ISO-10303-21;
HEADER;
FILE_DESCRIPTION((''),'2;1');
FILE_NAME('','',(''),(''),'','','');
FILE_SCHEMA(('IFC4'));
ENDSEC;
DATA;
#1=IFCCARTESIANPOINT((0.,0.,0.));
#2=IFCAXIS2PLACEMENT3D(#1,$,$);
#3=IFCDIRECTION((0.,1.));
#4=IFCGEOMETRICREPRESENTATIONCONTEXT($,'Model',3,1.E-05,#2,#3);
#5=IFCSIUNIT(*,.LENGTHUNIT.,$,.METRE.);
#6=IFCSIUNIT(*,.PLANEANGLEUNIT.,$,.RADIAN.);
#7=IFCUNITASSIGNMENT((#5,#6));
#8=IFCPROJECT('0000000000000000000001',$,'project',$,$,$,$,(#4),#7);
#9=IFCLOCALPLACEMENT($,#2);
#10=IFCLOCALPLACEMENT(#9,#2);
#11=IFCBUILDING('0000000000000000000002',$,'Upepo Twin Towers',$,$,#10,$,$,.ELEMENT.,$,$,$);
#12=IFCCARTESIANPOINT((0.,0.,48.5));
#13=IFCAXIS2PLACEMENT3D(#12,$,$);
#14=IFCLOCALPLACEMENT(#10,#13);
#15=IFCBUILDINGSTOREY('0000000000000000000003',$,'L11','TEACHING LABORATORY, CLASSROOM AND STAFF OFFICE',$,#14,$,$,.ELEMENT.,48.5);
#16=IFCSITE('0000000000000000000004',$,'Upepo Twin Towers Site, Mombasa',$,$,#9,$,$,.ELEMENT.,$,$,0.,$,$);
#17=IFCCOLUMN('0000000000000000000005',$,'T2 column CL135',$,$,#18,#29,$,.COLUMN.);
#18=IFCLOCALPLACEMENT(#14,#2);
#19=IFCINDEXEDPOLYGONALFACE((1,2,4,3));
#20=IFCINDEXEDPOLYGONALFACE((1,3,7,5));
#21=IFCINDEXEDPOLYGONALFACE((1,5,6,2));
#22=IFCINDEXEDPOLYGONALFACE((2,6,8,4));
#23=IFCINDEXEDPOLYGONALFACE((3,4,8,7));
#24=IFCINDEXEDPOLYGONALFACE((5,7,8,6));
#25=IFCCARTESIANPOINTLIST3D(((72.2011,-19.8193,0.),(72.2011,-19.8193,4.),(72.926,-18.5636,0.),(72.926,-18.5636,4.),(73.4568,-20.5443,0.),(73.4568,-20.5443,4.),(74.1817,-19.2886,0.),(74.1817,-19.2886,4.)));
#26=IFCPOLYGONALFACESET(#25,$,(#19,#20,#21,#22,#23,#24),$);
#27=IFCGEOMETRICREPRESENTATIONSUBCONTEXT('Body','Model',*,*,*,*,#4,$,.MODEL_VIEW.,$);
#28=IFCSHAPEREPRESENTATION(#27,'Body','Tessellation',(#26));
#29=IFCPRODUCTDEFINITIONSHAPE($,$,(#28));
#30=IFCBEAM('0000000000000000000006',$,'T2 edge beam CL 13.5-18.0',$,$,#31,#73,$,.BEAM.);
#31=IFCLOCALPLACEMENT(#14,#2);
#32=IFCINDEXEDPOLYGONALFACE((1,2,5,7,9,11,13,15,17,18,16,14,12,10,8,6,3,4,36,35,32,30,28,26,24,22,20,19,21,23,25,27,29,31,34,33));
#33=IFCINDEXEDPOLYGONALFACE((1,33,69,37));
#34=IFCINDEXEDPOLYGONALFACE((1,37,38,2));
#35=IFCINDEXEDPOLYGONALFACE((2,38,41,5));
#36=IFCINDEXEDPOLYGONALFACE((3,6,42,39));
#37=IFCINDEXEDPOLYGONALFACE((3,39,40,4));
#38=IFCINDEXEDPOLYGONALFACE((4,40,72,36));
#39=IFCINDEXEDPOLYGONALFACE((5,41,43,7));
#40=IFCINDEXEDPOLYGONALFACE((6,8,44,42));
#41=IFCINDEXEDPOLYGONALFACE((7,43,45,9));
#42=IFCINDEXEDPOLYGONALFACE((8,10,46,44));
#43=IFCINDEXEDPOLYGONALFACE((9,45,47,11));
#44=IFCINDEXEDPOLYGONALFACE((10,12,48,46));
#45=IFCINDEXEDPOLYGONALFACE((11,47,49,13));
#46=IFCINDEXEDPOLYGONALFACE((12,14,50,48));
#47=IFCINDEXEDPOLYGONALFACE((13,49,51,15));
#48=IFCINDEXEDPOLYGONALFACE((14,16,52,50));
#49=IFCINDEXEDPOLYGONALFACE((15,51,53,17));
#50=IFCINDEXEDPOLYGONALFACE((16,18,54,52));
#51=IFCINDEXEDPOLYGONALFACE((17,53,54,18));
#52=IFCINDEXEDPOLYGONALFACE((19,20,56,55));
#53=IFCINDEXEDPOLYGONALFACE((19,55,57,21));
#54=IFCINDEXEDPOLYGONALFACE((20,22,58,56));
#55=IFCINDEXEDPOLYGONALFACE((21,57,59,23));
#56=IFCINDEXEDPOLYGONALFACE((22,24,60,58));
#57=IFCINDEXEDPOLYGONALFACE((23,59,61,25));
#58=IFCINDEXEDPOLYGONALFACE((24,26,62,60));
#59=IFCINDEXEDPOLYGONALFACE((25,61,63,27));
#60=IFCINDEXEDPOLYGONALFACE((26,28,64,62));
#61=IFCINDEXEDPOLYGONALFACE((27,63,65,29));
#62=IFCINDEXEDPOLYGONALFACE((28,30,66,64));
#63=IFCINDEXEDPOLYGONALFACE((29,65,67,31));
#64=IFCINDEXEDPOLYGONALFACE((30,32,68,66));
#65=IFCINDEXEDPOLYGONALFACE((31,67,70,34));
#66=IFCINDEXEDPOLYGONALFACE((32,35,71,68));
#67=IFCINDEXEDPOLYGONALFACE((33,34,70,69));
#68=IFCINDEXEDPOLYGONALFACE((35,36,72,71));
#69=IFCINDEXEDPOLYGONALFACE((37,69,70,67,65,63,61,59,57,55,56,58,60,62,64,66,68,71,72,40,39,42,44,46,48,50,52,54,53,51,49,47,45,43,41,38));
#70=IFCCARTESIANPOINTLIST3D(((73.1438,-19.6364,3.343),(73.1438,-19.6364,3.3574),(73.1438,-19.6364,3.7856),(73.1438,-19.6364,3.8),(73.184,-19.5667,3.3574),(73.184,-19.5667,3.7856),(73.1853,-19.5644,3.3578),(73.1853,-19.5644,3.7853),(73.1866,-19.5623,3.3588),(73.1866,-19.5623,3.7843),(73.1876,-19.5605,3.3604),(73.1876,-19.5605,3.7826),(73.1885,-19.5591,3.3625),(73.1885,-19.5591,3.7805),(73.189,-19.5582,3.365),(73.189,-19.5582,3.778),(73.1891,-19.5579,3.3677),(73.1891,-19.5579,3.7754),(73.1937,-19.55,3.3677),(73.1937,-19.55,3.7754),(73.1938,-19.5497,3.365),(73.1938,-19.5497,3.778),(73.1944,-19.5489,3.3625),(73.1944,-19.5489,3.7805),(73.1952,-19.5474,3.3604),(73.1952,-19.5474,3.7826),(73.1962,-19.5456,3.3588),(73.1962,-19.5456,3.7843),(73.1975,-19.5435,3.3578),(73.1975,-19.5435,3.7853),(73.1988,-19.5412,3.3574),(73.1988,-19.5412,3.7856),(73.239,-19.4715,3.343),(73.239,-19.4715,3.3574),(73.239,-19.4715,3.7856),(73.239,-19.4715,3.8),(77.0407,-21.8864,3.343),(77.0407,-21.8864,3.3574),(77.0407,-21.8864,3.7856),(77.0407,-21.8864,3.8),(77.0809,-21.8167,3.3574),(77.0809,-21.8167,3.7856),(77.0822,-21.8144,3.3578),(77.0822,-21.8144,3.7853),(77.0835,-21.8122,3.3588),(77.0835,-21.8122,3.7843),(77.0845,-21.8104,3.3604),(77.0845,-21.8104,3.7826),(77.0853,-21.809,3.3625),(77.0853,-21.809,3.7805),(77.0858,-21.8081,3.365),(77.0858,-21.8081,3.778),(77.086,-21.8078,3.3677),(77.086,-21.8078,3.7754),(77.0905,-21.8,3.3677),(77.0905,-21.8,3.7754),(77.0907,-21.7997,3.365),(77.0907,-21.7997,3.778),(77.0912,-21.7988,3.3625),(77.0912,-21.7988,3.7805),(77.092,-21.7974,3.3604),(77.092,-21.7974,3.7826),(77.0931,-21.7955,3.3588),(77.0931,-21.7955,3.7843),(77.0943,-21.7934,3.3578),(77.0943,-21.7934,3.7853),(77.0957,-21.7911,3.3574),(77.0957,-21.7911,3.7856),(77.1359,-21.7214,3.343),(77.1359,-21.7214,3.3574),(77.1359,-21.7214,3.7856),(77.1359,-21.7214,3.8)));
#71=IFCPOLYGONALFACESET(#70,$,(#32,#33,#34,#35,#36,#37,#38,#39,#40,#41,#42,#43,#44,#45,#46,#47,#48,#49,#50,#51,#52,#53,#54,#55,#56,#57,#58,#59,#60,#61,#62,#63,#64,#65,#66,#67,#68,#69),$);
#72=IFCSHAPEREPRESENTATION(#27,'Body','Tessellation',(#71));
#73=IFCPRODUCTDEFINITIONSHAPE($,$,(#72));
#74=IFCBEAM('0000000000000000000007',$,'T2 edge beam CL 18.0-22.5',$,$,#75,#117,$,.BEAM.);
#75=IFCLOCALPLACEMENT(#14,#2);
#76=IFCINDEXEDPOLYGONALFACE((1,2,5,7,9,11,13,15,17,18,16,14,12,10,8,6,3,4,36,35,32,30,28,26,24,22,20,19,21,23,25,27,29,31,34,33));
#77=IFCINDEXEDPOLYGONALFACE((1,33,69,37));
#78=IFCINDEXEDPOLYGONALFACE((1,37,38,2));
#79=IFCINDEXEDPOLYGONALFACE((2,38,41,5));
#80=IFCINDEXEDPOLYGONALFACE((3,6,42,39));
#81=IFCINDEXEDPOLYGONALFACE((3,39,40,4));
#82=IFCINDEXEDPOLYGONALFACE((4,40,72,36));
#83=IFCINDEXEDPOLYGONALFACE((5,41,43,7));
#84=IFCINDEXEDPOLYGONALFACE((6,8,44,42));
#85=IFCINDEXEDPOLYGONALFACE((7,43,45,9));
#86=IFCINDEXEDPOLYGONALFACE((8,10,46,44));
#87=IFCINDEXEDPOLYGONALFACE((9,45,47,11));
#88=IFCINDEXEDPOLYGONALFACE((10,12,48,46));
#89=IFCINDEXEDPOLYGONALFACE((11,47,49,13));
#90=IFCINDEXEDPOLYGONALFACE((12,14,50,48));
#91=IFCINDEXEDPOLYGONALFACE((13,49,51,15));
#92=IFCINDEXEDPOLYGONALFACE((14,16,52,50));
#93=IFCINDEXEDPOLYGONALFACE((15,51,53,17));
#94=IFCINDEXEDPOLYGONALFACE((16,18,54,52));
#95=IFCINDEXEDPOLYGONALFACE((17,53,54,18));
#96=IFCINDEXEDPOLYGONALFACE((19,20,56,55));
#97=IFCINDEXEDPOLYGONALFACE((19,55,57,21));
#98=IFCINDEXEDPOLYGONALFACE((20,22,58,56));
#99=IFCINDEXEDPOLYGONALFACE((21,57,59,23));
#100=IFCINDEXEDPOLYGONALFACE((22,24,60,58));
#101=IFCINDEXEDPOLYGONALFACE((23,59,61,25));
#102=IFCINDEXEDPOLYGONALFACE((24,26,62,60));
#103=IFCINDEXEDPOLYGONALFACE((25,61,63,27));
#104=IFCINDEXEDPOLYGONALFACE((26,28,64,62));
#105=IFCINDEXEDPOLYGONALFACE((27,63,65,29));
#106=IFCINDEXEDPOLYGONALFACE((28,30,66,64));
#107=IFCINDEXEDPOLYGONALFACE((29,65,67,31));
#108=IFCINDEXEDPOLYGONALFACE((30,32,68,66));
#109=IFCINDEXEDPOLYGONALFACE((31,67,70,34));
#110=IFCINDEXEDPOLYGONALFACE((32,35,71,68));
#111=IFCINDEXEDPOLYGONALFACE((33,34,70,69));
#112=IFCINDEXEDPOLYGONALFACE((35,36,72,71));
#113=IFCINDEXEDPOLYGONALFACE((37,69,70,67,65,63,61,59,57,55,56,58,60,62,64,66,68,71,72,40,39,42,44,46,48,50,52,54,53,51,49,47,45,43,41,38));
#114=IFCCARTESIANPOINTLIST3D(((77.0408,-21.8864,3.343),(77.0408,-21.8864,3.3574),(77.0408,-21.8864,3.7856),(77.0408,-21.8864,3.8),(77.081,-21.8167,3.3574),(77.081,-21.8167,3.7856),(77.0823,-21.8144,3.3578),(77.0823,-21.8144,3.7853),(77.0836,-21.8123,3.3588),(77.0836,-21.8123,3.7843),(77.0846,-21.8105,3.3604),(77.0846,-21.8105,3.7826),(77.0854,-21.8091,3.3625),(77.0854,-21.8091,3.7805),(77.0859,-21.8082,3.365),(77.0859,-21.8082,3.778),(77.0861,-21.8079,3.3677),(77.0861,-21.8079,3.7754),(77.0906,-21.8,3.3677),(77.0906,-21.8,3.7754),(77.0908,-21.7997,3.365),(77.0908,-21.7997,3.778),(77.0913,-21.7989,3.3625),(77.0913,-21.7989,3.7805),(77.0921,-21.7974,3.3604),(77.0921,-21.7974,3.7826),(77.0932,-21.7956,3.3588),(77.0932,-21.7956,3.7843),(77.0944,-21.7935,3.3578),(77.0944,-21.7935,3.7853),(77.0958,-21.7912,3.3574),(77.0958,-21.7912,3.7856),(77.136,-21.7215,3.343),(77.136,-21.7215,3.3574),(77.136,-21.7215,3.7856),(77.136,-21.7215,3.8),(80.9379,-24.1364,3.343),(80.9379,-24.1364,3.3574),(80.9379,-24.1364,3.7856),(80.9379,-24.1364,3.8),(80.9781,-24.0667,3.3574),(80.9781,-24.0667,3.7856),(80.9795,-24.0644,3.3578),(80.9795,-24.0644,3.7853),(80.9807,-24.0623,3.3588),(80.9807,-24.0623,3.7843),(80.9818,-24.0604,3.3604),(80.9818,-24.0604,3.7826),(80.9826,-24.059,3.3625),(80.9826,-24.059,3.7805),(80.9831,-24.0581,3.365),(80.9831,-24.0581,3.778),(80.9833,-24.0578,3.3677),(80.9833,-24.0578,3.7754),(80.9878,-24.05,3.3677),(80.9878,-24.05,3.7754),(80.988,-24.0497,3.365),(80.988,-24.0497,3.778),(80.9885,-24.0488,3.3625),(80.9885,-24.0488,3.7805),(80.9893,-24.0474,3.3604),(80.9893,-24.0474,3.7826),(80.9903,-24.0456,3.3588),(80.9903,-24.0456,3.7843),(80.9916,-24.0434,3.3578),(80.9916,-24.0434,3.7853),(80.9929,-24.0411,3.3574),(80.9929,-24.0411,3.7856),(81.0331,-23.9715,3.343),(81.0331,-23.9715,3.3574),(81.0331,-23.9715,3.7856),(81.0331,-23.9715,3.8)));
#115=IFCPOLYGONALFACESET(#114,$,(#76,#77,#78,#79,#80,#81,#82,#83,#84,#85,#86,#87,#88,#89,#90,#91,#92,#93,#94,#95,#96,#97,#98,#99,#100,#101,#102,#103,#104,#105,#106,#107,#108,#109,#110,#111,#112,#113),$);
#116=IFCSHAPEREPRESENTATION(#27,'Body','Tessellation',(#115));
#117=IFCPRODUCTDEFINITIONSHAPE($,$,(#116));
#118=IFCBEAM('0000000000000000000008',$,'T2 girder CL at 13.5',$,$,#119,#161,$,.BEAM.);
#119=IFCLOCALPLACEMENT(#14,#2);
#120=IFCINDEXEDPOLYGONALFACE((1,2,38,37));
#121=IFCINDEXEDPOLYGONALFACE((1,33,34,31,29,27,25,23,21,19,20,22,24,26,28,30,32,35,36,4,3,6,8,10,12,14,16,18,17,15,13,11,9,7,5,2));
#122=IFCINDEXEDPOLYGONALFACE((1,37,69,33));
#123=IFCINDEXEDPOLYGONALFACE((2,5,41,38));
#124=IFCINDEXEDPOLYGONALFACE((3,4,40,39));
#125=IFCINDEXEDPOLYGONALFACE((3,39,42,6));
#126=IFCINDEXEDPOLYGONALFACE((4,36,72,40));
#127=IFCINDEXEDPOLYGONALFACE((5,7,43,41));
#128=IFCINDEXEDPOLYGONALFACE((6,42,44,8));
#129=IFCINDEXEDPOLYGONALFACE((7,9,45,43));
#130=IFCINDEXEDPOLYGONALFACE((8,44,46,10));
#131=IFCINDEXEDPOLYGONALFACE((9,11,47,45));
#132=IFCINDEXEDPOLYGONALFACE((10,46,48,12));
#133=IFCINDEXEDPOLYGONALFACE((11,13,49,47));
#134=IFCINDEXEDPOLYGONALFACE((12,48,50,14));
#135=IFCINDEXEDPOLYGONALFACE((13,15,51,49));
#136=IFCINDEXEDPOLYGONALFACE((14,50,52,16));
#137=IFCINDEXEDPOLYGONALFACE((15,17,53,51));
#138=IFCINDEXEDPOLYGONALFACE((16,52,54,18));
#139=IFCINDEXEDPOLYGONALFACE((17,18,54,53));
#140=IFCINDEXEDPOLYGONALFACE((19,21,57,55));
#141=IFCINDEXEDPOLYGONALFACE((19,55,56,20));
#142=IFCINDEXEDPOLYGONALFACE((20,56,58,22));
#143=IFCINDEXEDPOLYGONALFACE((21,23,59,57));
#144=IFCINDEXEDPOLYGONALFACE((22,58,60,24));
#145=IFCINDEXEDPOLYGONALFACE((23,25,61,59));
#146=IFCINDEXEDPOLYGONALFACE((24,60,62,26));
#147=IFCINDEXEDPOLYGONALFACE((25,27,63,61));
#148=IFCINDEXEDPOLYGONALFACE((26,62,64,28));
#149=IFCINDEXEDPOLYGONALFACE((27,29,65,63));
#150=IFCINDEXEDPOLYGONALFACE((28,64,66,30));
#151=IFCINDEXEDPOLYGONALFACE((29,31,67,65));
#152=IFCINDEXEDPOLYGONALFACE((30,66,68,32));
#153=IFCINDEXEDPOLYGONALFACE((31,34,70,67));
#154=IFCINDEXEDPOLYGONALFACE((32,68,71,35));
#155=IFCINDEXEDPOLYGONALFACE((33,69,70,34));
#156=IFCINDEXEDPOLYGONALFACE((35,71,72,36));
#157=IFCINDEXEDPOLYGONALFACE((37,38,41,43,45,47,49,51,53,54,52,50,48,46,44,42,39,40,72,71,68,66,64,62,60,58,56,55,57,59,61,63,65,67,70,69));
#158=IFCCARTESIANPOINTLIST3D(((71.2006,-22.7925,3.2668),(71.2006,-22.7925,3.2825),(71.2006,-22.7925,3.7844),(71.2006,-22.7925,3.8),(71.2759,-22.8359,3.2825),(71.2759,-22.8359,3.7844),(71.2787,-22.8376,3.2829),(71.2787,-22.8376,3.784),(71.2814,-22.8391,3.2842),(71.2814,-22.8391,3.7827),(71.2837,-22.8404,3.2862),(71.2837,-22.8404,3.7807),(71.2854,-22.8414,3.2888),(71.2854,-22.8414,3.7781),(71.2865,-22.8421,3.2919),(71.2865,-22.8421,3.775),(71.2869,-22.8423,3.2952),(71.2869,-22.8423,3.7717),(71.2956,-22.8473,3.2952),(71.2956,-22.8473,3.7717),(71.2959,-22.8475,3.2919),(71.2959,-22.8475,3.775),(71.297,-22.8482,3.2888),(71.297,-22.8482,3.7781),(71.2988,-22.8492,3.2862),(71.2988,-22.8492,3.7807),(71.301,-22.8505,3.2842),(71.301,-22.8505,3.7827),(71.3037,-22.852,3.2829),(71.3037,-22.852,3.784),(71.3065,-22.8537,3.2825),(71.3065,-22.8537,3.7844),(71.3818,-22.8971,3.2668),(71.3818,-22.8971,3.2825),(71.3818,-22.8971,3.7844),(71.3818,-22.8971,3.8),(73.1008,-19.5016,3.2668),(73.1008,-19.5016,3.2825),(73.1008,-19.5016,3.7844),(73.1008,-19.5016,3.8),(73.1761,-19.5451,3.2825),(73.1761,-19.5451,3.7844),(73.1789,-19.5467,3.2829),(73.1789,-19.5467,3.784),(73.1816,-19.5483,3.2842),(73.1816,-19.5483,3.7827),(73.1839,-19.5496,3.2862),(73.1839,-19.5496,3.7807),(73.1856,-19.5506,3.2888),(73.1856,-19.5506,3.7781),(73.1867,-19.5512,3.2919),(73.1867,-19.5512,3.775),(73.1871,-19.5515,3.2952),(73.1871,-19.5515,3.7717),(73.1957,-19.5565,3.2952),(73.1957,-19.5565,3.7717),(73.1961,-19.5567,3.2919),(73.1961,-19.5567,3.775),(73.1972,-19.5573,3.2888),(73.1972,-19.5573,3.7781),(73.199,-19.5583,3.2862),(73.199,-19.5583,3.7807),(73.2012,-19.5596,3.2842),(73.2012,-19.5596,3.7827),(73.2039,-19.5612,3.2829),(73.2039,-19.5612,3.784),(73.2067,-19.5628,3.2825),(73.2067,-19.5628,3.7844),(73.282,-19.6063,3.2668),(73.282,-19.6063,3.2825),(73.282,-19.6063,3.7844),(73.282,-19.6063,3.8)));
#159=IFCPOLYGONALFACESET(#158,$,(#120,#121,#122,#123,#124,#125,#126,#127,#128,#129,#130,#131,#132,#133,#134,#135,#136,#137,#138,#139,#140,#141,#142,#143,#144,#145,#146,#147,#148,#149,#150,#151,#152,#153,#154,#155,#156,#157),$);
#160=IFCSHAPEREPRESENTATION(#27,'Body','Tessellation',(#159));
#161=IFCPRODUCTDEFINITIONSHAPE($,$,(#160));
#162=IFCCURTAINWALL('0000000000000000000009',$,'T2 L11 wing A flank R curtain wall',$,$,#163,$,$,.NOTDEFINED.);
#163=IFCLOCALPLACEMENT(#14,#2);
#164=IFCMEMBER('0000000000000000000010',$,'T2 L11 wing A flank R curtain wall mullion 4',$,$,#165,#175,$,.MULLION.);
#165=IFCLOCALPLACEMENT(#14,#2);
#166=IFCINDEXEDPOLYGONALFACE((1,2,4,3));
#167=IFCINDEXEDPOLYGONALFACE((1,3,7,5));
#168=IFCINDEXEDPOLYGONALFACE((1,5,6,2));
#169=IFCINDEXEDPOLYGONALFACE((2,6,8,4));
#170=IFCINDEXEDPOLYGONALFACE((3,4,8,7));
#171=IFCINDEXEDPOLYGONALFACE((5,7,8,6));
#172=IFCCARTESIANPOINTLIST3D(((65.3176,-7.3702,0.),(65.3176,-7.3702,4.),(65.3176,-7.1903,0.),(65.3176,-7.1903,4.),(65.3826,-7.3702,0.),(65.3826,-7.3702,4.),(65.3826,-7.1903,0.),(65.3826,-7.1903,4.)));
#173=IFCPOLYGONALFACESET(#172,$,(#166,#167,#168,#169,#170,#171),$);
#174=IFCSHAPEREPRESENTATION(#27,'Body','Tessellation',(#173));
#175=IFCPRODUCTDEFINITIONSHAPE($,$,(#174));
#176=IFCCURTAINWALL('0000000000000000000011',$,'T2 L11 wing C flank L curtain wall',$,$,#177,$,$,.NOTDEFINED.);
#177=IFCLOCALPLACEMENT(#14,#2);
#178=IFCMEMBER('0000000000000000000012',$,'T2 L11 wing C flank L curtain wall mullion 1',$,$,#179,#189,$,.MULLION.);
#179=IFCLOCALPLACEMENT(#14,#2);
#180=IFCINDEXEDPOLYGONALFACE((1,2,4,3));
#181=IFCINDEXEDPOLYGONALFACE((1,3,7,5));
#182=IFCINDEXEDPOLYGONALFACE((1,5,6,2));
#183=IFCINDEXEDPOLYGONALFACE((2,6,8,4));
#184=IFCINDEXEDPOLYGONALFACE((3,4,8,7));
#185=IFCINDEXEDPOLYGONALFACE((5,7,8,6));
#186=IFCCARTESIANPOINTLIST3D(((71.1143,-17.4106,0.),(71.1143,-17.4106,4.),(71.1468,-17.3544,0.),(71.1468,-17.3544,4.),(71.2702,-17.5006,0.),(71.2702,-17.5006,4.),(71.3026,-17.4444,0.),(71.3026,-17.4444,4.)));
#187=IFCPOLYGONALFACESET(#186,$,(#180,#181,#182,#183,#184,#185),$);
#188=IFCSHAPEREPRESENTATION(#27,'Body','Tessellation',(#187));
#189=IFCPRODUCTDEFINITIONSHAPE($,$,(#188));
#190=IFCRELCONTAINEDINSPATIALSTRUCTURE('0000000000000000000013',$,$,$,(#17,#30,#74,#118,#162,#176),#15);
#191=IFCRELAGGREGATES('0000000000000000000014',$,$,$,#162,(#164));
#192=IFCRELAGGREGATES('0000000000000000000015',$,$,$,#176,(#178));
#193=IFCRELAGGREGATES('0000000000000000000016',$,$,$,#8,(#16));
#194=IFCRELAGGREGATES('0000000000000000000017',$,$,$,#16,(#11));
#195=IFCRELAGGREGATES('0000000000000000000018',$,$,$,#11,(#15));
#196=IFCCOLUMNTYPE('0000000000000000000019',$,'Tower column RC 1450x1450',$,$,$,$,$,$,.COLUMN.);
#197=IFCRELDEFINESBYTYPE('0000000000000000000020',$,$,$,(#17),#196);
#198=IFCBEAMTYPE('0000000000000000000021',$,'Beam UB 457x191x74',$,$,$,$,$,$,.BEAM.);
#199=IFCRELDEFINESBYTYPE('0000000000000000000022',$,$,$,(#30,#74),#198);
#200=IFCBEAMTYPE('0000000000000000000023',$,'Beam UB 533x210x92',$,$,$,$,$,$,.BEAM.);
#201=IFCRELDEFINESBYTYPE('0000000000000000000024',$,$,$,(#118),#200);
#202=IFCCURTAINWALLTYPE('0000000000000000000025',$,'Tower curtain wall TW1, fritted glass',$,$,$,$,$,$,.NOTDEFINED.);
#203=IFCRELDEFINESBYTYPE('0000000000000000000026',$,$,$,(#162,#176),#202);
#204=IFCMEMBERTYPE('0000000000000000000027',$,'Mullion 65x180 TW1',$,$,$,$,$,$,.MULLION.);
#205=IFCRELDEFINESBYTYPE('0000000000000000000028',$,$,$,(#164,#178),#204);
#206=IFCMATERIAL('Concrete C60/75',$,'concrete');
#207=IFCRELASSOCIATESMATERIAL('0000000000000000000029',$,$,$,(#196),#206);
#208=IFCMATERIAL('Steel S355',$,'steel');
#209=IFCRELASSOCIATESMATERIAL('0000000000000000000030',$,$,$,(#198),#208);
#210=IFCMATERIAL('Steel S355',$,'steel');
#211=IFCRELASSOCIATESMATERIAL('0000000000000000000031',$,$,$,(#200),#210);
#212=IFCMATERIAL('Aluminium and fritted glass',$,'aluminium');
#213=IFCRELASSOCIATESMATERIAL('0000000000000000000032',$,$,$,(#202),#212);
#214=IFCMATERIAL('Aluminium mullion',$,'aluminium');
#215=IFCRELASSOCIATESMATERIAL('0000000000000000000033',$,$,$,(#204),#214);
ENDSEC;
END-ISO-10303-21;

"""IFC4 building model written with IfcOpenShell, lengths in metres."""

from ifc_helpers import new_model, si_unit, direction, frame, origin, origin_2d, place, context, subcontext, project, spatial, rectangle, i_section, extrude, material, material_profile, profile_set, type_object, element, aggregate, save


model = new_model("IFC4")

# Units and contexts
model_context = context("Model", 3, precision=1e-05, world=origin(), true_north=direction((0.0, 1.0)))
body_context = subcontext(model_context, "Body", "Model", "MODEL_VIEW")
ifc_project = project(units=[si_unit("LENGTHUNIT", "METRE"), si_unit("PLANEANGLEUNIT", "RADIAN")], contexts=[model_context])

# Site, building, storey
site_placement = place(None, origin())
site = spatial("IfcSite", under=ifc_project, at=site_placement, Name="Upepo Twin Towers Site, Mombasa", CompositionType="ELEMENT", RefElevation=0.0)
building_placement = place(site_placement, origin())
building = spatial("IfcBuilding", under=site, at=building_placement, Name="Upepo Twin Towers", CompositionType="ELEMENT")
storey_placement = place(building_placement, frame((0.0, 0.0, 48.5)))
storey = spatial("IfcBuildingStorey", under=building, at=storey_placement, Name="L11", Description="TEACHING LABORATORY, CLASSROOM AND STAFF OFFICE", CompositionType="ELEMENT", Elevation=48.5)

# Column
ifc_material_1 = material(Name="Concrete C60/75", Category="concrete")
ifc_material_profile_1 = material_profile(ifc_material_1, rectangle(XDim=1.45, YDim=1.45, at=origin_2d()), Name="RC 1450x1450")
ifc_profile_set_1 = profile_set([ifc_material_profile_1], Name="Concrete C60/75")
column_type = type_object("IfcColumnType", Name="Tower column RC 1450x1450", PredefinedType="COLUMN", material=ifc_profile_set_1)
column_placement = place(storey_placement, frame((73.1914, -19.554, 0.0), z_axis=(0.0, 0.0, 1.0), x_axis=(0.5, 0.866025, 0.0)))
element("IfcColumn", 1, at=column_placement, inside=storey, type_object=column_type, Name="T2 column CL135", PredefinedType="COLUMN", context=body_context, shape_type="SweptSolid", body=[
    extrude(rectangle(XDim=1.45, YDim=1.45, at=origin_2d()), origin(), (0.0, 0.0, 1.0), 4.0),
])

# Beams
ifc_material_2 = material(Name="Steel S355", Category="steel")
ifc_material_profile_2 = material_profile(ifc_material_2, i_section(OverallWidth=0.1904, OverallDepth=0.457, WebThickness=0.009, FlangeThickness=0.0144, FilletRadius=0.0103, at=origin_2d()), Name="UB 457x191x74")
ifc_profile_set_2 = profile_set([ifc_material_profile_2], Name="Steel S355")
beam_type_1 = type_object("IfcBeamType", Name="Beam UB 457x191x74", PredefinedType="BEAM", material=ifc_profile_set_2)
beam_1_placement = place(storey_placement, frame((73.1914, -19.554, 3.5715), z_axis=(0.866018, -0.500014, 0.0), x_axis=(0.500014, 0.866018, 0.0)))
element("IfcBeam", 2, at=beam_1_placement, inside=storey, type_object=beam_type_1, Name="T2 edge beam CL 13.5-18.0", PredefinedType="BEAM", context=body_context, shape_type="SweptSolid", body=[
    extrude(i_section(OverallWidth=0.1904, OverallDepth=0.457, WebThickness=0.009, FlangeThickness=0.0144, FilletRadius=0.0103, at=origin_2d()), origin(), (0.0, 0.0, 1.0), 4.4998),
])
beam_2_placement = place(storey_placement, frame((77.0884, -21.804, 3.5715), z_axis=(0.866031, -0.49999, 0.0), x_axis=(0.49999, 0.866031, 0.0)))
element("IfcBeam", 3, at=beam_2_placement, inside=storey, type_object=beam_type_1, Name="T2 edge beam CL 18.0-22.5", PredefinedType="BEAM", context=body_context, shape_type="SweptSolid", body=[
    extrude(i_section(OverallWidth=0.1904, OverallDepth=0.457, WebThickness=0.009, FlangeThickness=0.0144, FilletRadius=0.0103, at=origin_2d()), origin(), (0.0, 0.0, 1.0), 4.5),
])
ifc_material_3 = material(Name="Steel S355", Category="steel")
ifc_material_profile_3 = material_profile(ifc_material_3, i_section(OverallWidth=0.2092, OverallDepth=0.5332, WebThickness=0.01, FlangeThickness=0.0156, FilletRadius=0.0127, at=origin_2d()), Name="UB 533x210x92")
ifc_profile_set_3 = profile_set([ifc_material_profile_3], Name="Steel S355")
beam_type_2 = type_object("IfcBeamType", Name="Beam UB 533x210x92", PredefinedType="BEAM", material=ifc_profile_set_3)
beam_3_placement = place(storey_placement, frame((73.1914, -19.554, 3.5334), z_axis=(-0.500043, -0.866, 0.0), x_axis=(0.866, -0.500043, 0.0)))
element("IfcBeam", 4, at=beam_3_placement, inside=storey, type_object=beam_type_2, Name="T2 girder CL at 13.5", PredefinedType="BEAM", context=body_context, shape_type="SweptSolid", body=[
    extrude(i_section(OverallWidth=0.2092, OverallDepth=0.5332, WebThickness=0.01, FlangeThickness=0.0156, FilletRadius=0.0127, at=origin_2d()), origin(), (0.0, 0.0, 1.0), 3.8),
])

# Curtain wall, member
ifc_material_4 = material(Name="Aluminium and fritted glass", Category="aluminium")
curtain_wall_type = type_object("IfcCurtainWallType", Name="Tower curtain wall TW1, fritted glass", PredefinedType="NOTDEFINED", material=ifc_material_4)
curtain_wall_1_placement = place(storey_placement, origin())
curtain_wall_1 = element("IfcCurtainWall", 5, at=curtain_wall_1_placement, inside=storey, type_object=curtain_wall_type, Name="T2 L11 wing A flank R curtain wall", PredefinedType="NOTDEFINED")
ifc_material_5 = material(Name="Aluminium mullion", Category="aluminium")
ifc_material_profile_4 = material_profile(ifc_material_5, rectangle(XDim=0.0649, YDim=0.1799, at=origin_2d()), Name="MULLION 65x180")
ifc_profile_set_4 = profile_set([ifc_material_profile_4], Name="Aluminium mullion")
member_type_1 = type_object("IfcMemberType", Name="Mullion 65x180 TW1", PredefinedType="MULLION", material=ifc_profile_set_4)
member_1_placement = place(storey_placement, frame((65.3501, -7.2803, 0.0), z_axis=(0.0, 0.0, 1.0), x_axis=(1.0, 0.0, 0.0)))
member_1 = element("IfcMember", 6, at=member_1_placement, type_object=member_type_1, Name="T2 L11 wing A flank R curtain wall mullion 4", PredefinedType="MULLION", context=body_context, shape_type="SweptSolid", body=[
    extrude(rectangle(XDim=0.0649, YDim=0.1799, at=origin_2d()), origin(), (0.0, 0.0, 1.0), 4.0),
])

# Curtain wall, member
curtain_wall_2_placement = place(storey_placement, origin())
curtain_wall_2 = element("IfcCurtainWall", 7, at=curtain_wall_2_placement, inside=storey, type_object=curtain_wall_type, Name="T2 L11 wing C flank L curtain wall", PredefinedType="NOTDEFINED")
member_2_placement = place(storey_placement, frame((71.2085, -17.4275, 0.0), z_axis=(0.0, 0.0, 1.0), x_axis=(0.5, 0.866025, 0.0)))
member_2 = element("IfcMember", 8, at=member_2_placement, type_object=member_type_1, Name="T2 L11 wing C flank L curtain wall mullion 1", PredefinedType="MULLION", context=body_context, shape_type="SweptSolid", body=[
    extrude(rectangle(XDim=0.0649, YDim=0.1799, at=origin_2d()), origin(), (0.0, 0.0, 1.0), 4.0),
])

aggregate(curtain_wall_1, [member_1])
aggregate(curtain_wall_2, [member_2])

save(model, "model.ifc")
